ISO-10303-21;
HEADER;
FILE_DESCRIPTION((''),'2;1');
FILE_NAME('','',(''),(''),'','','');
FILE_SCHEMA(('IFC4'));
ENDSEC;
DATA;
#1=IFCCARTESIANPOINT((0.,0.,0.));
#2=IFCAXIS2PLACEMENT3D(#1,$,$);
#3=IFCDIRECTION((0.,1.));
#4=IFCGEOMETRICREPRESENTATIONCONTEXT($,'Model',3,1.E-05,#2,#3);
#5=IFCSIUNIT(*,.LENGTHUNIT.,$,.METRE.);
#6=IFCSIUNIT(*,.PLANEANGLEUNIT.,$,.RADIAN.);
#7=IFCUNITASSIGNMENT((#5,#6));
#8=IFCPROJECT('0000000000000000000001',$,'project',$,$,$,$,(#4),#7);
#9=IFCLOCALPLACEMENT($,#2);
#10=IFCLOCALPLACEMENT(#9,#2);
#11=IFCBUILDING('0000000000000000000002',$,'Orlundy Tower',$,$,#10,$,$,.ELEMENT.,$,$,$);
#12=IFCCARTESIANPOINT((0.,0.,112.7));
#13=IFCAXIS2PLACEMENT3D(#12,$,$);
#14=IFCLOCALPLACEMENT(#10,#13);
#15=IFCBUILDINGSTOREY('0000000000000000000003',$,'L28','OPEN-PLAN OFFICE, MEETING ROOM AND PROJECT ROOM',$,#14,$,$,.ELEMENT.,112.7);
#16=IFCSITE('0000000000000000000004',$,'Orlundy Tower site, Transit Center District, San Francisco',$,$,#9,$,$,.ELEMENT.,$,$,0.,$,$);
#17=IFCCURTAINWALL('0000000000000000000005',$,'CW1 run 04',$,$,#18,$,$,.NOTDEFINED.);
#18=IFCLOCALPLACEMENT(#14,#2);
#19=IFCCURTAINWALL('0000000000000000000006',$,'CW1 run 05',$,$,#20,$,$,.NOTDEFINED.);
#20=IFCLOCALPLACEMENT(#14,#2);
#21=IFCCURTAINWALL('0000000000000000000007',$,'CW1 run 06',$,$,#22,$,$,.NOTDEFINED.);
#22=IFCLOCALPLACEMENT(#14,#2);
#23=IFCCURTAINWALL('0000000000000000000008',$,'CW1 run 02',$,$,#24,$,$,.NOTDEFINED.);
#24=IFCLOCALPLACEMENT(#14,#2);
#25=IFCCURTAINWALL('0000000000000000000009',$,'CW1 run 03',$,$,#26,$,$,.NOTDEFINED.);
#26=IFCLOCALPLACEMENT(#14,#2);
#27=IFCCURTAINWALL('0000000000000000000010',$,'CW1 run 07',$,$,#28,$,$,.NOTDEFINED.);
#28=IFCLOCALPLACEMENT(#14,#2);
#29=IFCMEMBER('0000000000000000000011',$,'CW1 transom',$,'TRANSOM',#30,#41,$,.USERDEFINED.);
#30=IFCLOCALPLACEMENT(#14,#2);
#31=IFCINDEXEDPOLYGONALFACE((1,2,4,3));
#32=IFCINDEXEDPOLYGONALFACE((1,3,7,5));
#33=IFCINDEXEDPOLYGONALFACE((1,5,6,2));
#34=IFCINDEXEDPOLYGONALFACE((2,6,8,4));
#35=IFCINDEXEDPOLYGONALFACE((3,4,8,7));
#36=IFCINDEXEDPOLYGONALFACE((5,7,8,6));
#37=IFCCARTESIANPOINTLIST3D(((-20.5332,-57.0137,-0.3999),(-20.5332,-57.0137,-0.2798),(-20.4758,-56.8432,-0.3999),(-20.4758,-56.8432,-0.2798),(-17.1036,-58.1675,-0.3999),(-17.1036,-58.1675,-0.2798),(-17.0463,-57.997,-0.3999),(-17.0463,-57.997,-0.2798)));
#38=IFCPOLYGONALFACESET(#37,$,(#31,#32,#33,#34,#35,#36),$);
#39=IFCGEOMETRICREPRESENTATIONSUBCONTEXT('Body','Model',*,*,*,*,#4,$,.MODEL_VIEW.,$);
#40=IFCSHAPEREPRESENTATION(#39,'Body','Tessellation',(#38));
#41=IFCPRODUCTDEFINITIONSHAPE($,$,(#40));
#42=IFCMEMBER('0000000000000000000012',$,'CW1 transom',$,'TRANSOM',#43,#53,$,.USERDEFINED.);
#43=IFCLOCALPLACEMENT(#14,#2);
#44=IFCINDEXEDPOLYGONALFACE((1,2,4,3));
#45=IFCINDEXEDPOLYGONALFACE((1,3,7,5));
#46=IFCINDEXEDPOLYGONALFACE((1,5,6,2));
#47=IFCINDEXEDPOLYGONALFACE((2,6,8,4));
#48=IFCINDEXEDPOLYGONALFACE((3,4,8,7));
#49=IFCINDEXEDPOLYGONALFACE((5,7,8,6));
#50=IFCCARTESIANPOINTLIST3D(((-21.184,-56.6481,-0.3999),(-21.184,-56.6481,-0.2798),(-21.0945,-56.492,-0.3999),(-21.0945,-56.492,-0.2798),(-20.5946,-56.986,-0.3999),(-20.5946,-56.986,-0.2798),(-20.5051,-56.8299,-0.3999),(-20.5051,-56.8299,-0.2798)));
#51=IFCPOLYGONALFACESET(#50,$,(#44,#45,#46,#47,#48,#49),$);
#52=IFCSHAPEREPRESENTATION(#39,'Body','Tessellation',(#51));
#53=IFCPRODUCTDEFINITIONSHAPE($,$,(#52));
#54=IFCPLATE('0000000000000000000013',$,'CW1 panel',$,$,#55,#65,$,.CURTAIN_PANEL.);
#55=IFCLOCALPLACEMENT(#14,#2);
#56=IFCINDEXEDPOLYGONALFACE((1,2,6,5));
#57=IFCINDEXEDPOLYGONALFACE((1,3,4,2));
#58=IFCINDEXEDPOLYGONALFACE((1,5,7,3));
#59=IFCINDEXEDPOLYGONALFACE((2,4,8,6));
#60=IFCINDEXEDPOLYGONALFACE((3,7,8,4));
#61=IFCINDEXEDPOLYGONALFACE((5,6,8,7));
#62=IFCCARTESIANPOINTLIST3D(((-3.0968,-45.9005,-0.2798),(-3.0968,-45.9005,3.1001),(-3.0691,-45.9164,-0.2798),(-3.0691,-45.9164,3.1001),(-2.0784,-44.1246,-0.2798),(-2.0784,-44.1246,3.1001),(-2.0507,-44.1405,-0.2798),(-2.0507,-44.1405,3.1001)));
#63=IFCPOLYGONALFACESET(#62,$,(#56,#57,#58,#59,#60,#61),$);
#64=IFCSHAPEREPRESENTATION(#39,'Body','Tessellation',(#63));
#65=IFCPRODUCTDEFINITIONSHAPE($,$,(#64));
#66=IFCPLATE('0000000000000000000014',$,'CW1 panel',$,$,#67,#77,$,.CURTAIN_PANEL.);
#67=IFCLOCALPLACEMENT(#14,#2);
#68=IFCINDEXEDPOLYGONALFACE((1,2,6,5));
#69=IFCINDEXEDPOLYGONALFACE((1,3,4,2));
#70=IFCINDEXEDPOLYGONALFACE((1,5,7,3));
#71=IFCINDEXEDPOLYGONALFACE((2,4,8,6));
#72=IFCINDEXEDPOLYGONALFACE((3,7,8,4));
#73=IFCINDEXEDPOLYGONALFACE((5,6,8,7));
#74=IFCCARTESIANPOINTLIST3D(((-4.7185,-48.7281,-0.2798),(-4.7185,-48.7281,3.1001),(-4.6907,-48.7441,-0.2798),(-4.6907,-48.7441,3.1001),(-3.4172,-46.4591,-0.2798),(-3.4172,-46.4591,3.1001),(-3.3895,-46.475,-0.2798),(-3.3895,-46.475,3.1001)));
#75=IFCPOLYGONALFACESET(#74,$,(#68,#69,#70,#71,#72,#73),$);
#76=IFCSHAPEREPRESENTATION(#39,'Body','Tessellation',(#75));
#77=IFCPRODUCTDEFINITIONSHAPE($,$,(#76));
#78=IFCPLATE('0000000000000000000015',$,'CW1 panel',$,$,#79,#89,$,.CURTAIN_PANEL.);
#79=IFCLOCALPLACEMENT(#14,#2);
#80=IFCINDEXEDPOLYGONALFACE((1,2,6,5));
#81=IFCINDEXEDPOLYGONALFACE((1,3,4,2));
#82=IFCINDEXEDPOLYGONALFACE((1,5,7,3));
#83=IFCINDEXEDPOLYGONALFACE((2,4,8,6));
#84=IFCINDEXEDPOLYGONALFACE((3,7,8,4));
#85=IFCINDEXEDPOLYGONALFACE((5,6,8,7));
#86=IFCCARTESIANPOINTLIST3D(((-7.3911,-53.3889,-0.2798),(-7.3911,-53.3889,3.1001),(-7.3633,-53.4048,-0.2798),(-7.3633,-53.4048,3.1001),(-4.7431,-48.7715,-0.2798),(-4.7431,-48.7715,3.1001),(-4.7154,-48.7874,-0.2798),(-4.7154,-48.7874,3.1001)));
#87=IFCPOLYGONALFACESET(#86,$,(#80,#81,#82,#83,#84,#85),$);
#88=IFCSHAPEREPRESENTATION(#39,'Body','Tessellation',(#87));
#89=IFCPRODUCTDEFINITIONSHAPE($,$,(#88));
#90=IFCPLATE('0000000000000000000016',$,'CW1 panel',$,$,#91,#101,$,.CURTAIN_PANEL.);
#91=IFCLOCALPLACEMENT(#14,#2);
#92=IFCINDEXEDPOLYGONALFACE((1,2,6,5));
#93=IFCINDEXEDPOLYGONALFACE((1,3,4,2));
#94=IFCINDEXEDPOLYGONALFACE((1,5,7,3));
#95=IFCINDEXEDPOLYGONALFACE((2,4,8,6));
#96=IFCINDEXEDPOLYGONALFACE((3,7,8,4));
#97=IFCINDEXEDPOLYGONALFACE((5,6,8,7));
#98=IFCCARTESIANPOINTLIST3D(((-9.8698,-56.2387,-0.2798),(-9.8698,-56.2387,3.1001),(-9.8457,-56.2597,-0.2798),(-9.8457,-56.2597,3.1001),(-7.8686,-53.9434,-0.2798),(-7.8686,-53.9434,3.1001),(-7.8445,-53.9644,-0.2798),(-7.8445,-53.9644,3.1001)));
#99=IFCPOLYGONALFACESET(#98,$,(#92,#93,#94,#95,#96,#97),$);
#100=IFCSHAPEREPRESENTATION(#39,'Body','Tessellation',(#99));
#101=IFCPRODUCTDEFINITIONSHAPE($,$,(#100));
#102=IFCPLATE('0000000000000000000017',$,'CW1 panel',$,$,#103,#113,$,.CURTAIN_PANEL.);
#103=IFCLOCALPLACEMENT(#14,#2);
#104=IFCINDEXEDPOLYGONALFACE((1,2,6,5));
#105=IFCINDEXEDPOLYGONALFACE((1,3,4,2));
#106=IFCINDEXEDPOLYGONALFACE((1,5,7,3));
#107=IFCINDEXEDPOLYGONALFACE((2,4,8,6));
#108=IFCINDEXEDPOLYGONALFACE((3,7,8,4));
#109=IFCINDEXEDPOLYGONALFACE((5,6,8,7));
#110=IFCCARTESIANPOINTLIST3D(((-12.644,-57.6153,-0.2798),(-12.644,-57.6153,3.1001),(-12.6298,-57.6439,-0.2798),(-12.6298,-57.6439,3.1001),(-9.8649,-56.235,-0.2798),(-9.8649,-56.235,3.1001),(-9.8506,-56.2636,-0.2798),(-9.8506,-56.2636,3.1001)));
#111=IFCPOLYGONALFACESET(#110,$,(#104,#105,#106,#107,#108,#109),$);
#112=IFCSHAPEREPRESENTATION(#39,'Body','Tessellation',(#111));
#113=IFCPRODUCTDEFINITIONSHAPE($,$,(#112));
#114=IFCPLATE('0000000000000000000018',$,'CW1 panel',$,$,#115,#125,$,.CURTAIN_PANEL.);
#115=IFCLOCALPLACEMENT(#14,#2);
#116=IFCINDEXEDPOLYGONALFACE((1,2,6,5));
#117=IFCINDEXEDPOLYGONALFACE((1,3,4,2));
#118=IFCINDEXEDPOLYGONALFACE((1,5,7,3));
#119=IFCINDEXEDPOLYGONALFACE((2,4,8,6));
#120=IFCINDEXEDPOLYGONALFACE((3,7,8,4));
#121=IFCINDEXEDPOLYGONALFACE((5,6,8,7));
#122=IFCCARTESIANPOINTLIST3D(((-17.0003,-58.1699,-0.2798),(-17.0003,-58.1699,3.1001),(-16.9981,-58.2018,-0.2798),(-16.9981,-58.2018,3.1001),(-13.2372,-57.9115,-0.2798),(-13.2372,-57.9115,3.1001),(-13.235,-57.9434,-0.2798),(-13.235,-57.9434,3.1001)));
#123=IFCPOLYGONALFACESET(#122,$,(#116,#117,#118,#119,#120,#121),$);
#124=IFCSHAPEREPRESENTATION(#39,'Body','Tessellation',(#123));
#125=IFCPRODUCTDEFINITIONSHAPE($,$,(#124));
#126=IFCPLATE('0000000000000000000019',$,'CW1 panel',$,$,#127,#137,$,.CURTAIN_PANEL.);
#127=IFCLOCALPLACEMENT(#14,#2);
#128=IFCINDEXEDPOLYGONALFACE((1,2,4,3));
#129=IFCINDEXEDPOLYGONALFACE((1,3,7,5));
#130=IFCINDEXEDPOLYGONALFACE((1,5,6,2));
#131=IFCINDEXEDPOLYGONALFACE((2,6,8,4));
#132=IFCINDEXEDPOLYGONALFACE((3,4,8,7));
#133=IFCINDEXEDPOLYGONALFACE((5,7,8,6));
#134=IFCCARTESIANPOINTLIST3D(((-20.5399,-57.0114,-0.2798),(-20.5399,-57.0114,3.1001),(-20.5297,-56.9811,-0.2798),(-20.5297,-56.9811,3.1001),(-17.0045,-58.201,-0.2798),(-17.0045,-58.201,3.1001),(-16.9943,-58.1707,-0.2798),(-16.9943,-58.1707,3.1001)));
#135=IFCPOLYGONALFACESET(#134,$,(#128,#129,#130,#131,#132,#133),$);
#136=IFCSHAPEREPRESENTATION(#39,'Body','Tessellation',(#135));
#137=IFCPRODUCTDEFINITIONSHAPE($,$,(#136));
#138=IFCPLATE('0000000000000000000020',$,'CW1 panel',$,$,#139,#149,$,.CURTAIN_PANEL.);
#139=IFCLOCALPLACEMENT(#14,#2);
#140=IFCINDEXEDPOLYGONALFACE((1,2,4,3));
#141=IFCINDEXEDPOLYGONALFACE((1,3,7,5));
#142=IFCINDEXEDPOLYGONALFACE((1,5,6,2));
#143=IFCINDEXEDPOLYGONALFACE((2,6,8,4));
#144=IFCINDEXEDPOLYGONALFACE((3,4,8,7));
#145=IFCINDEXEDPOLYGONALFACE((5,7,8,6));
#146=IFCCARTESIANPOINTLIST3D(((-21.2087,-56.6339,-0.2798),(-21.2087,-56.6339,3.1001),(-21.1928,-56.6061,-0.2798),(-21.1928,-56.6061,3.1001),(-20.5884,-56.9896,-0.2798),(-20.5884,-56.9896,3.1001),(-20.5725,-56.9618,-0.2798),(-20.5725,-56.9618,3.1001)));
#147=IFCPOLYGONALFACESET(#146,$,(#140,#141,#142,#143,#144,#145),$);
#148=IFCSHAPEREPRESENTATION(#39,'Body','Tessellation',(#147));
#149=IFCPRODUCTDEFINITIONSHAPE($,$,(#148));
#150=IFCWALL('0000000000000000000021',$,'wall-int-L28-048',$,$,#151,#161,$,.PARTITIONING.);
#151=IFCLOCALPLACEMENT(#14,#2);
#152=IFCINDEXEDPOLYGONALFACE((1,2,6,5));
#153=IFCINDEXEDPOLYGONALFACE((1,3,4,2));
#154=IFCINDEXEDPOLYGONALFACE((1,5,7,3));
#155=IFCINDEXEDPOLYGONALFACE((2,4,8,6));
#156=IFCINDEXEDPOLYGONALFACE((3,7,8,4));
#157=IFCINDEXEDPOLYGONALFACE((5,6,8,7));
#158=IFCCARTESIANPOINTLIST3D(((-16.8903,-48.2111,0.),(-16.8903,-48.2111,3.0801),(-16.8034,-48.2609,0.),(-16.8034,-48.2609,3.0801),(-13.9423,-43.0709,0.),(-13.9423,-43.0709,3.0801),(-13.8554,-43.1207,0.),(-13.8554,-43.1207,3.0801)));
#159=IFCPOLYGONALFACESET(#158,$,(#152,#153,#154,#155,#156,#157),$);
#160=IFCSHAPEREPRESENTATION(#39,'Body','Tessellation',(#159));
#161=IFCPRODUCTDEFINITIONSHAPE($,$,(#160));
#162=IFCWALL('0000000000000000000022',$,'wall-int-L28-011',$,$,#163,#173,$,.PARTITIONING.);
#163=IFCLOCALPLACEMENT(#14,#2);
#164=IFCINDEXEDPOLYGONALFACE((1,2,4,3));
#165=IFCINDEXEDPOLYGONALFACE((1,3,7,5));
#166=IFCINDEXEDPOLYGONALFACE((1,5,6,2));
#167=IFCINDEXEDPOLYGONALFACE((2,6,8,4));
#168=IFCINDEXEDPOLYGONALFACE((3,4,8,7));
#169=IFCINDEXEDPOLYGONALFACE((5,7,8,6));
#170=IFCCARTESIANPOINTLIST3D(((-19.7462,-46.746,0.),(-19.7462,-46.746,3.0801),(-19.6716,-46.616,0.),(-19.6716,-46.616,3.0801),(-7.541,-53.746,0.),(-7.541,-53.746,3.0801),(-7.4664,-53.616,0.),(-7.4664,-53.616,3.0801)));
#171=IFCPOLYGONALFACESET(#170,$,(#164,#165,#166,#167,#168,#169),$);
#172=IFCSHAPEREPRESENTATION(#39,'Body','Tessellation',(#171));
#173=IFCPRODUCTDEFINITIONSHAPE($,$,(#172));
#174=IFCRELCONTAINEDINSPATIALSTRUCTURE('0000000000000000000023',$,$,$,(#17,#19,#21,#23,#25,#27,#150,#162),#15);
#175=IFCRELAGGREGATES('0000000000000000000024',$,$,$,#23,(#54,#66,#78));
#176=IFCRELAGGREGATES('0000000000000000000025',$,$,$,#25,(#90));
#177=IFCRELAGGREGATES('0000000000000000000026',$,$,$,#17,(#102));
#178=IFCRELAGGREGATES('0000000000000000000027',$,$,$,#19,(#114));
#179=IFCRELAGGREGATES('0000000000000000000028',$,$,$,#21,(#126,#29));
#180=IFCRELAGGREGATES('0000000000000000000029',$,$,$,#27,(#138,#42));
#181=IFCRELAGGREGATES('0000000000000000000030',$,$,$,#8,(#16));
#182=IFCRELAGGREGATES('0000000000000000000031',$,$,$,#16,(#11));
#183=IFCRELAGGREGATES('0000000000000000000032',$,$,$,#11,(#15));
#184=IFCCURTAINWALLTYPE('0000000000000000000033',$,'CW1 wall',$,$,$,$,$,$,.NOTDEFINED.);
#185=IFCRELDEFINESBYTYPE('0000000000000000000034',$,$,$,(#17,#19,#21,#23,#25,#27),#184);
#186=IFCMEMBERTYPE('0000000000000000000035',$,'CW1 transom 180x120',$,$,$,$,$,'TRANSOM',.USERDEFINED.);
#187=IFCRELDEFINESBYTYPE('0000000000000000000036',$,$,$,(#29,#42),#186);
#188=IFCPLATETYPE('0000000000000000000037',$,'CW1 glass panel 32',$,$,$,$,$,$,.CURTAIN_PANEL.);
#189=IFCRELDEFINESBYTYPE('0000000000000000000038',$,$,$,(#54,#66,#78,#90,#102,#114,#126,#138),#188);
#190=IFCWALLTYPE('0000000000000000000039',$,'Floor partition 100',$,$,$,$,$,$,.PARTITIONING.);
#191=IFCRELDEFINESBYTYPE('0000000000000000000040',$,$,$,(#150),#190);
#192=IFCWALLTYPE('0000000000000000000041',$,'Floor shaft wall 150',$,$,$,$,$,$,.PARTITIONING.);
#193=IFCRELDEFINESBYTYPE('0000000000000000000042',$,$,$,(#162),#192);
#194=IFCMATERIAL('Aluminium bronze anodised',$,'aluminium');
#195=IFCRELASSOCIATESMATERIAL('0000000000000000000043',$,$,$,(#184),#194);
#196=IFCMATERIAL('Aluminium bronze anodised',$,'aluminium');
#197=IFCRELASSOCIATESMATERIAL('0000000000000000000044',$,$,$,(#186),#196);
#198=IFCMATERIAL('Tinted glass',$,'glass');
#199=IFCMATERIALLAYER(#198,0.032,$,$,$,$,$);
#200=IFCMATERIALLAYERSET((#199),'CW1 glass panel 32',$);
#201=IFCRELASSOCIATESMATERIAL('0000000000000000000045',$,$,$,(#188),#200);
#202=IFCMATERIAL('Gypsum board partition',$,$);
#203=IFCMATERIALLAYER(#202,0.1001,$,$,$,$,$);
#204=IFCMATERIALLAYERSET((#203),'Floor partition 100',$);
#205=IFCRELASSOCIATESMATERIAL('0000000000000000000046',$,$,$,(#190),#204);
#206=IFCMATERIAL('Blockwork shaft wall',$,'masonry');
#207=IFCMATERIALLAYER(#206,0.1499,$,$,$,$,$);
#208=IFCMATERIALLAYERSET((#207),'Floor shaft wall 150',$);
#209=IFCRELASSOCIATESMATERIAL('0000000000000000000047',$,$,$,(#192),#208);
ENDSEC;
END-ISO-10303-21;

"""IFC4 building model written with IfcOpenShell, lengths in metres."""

from ifc_helpers import new_model, si_unit, direction, frame, frame_2d, origin, origin_2d, place, context, subcontext, project, spatial, rectangle, extrude, material, layer, layer_set, material_profile, profile_set, type_object, element, aggregate, save


model = new_model("IFC4")

# Units and contexts
model_context = context("Model", 3, precision=1e-05, world=origin(), true_north=direction((0.0, 1.0)))
body_context = subcontext(model_context, "Body", "Model", "MODEL_VIEW")
ifc_project = project(units=[si_unit("LENGTHUNIT", "METRE"), si_unit("PLANEANGLEUNIT", "RADIAN")], contexts=[model_context])

# Site, building, storey
site_placement = place(None, origin())
site = spatial("IfcSite", under=ifc_project, at=site_placement, Name="Orlundy Tower site, Transit Center District, San Francisco", CompositionType="ELEMENT", RefElevation=0.0)
building_placement = place(site_placement, origin())
building = spatial("IfcBuilding", under=site, at=building_placement, Name="Orlundy Tower", CompositionType="ELEMENT")
storey_placement = place(building_placement, frame((0.0, 0.0, 112.7)))
storey = spatial("IfcBuildingStorey", under=building, at=storey_placement, Name="L28", Description="OPEN-PLAN OFFICE, MEETING ROOM AND PROJECT ROOM", CompositionType="ELEMENT", Elevation=112.7)

# Curtain walls
ifc_material_1 = material(Name="Aluminium bronze anodised", Category="aluminium")
curtain_wall_type = type_object("IfcCurtainWallType", Name="CW1 wall", PredefinedType="NOTDEFINED", material=ifc_material_1)
curtain_wall_1_placement = place(storey_placement, origin())
curtain_wall_1 = element("IfcCurtainWall", 1, at=curtain_wall_1_placement, inside=storey, type_object=curtain_wall_type, Name="CW1 run 04", PredefinedType="NOTDEFINED")
curtain_wall_2_placement = place(storey_placement, origin())
curtain_wall_2 = element("IfcCurtainWall", 2, at=curtain_wall_2_placement, inside=storey, type_object=curtain_wall_type, Name="CW1 run 05", PredefinedType="NOTDEFINED")
curtain_wall_3_placement = place(storey_placement, origin())
curtain_wall_3 = element("IfcCurtainWall", 3, at=curtain_wall_3_placement, inside=storey, type_object=curtain_wall_type, Name="CW1 run 06", PredefinedType="NOTDEFINED")
curtain_wall_4_placement = place(storey_placement, origin())
curtain_wall_4 = element("IfcCurtainWall", 4, at=curtain_wall_4_placement, inside=storey, type_object=curtain_wall_type, Name="CW1 run 02", PredefinedType="NOTDEFINED")
curtain_wall_5_placement = place(storey_placement, origin())
curtain_wall_5 = element("IfcCurtainWall", 5, at=curtain_wall_5_placement, inside=storey, type_object=curtain_wall_type, Name="CW1 run 03", PredefinedType="NOTDEFINED")
curtain_wall_6_placement = place(storey_placement, origin())
curtain_wall_6 = element("IfcCurtainWall", 6, at=curtain_wall_6_placement, inside=storey, type_object=curtain_wall_type, Name="CW1 run 07", PredefinedType="NOTDEFINED")

# Members
ifc_material_2 = material(Name="Aluminium bronze anodised", Category="aluminium")
ifc_material_profile_1 = material_profile(ifc_material_2, rectangle(XDim=0.1799, YDim=0.1201, at=origin_2d()), Name="CW1 transom 180x120")
ifc_profile_set_1 = profile_set([ifc_material_profile_1], Name="Aluminium bronze anodised")
member_type_1 = type_object("IfcMemberType", Name="CW1 transom 180x120", ElementType="TRANSOM", PredefinedType="USERDEFINED", material=ifc_profile_set_1)
member_1_placement = place(storey_placement, frame((-17.075, -58.0823, -0.3398), z_axis=(-0.947796, 0.318878, 0.0), x_axis=(-0.318878, -0.947796, 0.0)))
member_1 = element("IfcMember", 7, at=member_1_placement, type_object=member_type_1, Name="CW1 transom", ObjectType="TRANSOM", PredefinedType="USERDEFINED", context=body_context, shape_type="SweptSolid", body=[
    extrude(rectangle(XDim=0.1799, YDim=0.1201, at=origin_2d()), origin(), (0.0, 0.0, 1.0), 3.6184),
])
member_2_placement = place(storey_placement, frame((-20.5498, -56.908, -0.3398), z_axis=(-0.867535, 0.497377, 0.0), x_axis=(-0.497377, -0.867535, 0.0)))
member_2 = element("IfcMember", 8, at=member_2_placement, type_object=member_type_1, Name="CW1 transom", ObjectType="TRANSOM", PredefinedType="USERDEFINED", context=body_context, shape_type="SweptSolid", body=[
    extrude(rectangle(XDim=0.1799, YDim=0.1201, at=origin_2d()), origin(), (0.0, 0.0, 1.0), 0.6794),
])

# Plates
ifc_material_3 = material(Name="Tinted glass", Category="glass")
ifc_layer_1 = layer(ifc_material_3, 0.032)
ifc_layer_set_1 = layer_set([ifc_layer_1], Name="CW1 glass panel 32")
plate_type = type_object("IfcPlateType", Name="CW1 glass panel 32", PredefinedType="CURTAIN_PANEL", material=ifc_layer_set_1)
plate_1_placement = place(storey_placement, frame((-2.5737, -45.0205, -0.2798), z_axis=(0.0, 0.0, 1.0), x_axis=(-0.497473, -0.867479, 0.0)))
plate_1 = element("IfcPlate", 9, at=plate_1_placement, type_object=plate_type, Name="CW1 panel", PredefinedType="CURTAIN_PANEL", context=body_context, shape_type="SweptSolid", body=[
    extrude(rectangle(XDim=2.0471, YDim=0.032, at=origin_2d()), origin(), (0.0, 0.0, 1.0), 3.3799),
])
plate_2_placement = place(storey_placement, frame((-4.054, -47.6016, -0.2798), z_axis=(0.0, 0.0, 1.0), x_axis=(-0.497473, -0.867479, 0.0)))
plate_2 = element("IfcPlate", 10, at=plate_2_placement, type_object=plate_type, Name="CW1 panel", PredefinedType="CURTAIN_PANEL", context=body_context, shape_type="SweptSolid", body=[
    extrude(rectangle(XDim=2.6157, YDim=0.032, at=origin_2d()), origin(), (0.0, 0.0, 1.0), 3.3799),
])
plate_3_placement = place(storey_placement, frame((-6.0532, -51.0881, -0.2798), z_axis=(0.0, 0.0, 1.0), x_axis=(-0.497473, -0.867479, 0.0)))
plate_3 = element("IfcPlate", 11, at=plate_3_placement, type_object=plate_type, Name="CW1 panel", PredefinedType="CURTAIN_PANEL", context=body_context, shape_type="SweptSolid", body=[
    extrude(rectangle(XDim=5.3228, YDim=0.032, at=origin_2d()), origin(), (0.0, 0.0, 1.0), 3.3799),
])
aggregate(curtain_wall_4, [plate_1, plate_2, plate_3])
plate_4_placement = place(storey_placement, frame((-8.8572, -55.1016, -0.2798), z_axis=(0.0, 0.0, 1.0), x_axis=(-0.657167, -0.753745, 0.0)))
plate_4 = element("IfcPlate", 12, at=plate_4_placement, type_object=plate_type, Name="CW1 panel", PredefinedType="CURTAIN_PANEL", context=body_context, shape_type="SweptSolid", body=[
    extrude(rectangle(XDim=3.0452, YDim=0.032, at=origin_2d()), origin(), (0.0, 0.0, 1.0), 3.3799),
])
aggregate(curtain_wall_5, [plate_4])
plate_5_placement = place(storey_placement, frame((-11.2473, -56.9395, -0.2798), z_axis=(0.0, 0.0, 1.0), x_axis=(-0.895611, -0.444838, 0.0)))
plate_5 = element("IfcPlate", 13, at=plate_5_placement, type_object=plate_type, Name="CW1 panel", PredefinedType="CURTAIN_PANEL", context=body_context, shape_type="SweptSolid", body=[
    extrude(rectangle(XDim=3.103, YDim=0.032, at=origin_2d()), origin(), (0.0, 0.0, 1.0), 3.3799),
])
aggregate(curtain_wall_1, [plate_5])
plate_6_placement = place(storey_placement, frame((-15.1177, -58.0566, -0.2798), z_axis=(0.0, 0.0, 1.0), x_axis=(-0.997649, -0.068524, 0.0)))
plate_6 = element("IfcPlate", 14, at=plate_6_placement, type_object=plate_type, Name="CW1 panel", PredefinedType="CURTAIN_PANEL", context=body_context, shape_type="SweptSolid", body=[
    extrude(rectangle(XDim=3.772, YDim=0.032, at=origin_2d()), origin(), (0.0, 0.0, 1.0), 3.3799),
])
aggregate(curtain_wall_2, [plate_6])
plate_7_placement = place(storey_placement, frame((-18.7671, -57.5911, -0.2798), z_axis=(0.0, 0.0, 1.0), x_axis=(-0.947789, 0.318897, 0.0)))
plate_7 = element("IfcPlate", 15, at=plate_7_placement, type_object=plate_type, Name="CW1 panel", PredefinedType="CURTAIN_PANEL", context=body_context, shape_type="SweptSolid", body=[
    extrude(rectangle(XDim=3.7302, YDim=0.032, at=origin_2d()), origin(), (0.0, 0.0, 1.0), 3.3799),
])
aggregate(curtain_wall_3, [plate_7, member_1])
plate_8_placement = place(storey_placement, frame((-20.8906, -56.7979, -0.2798), z_axis=(0.0, 0.0, 1.0), x_axis=(-0.867477, 0.497477, 0.0)))
plate_8 = element("IfcPlate", 16, at=plate_8_placement, type_object=plate_type, Name="CW1 panel", PredefinedType="CURTAIN_PANEL", context=body_context, shape_type="SweptSolid", body=[
    extrude(rectangle(XDim=0.7151, YDim=0.032, at=origin_2d()), origin(), (0.0, 0.0, 1.0), 3.3799),
])
aggregate(curtain_wall_6, [plate_8, member_2])

# Walls
ifc_material_4 = material(Name="Gypsum board partition")
ifc_layer_2 = layer(ifc_material_4, 0.1001)
ifc_layer_set_2 = layer_set([ifc_layer_2], Name="Floor partition 100")
wall_type_1 = type_object("IfcWallType", Name="Floor partition 100", PredefinedType="PARTITIONING", material=ifc_layer_set_2)
wall_1_placement = place(storey_placement, frame((-16.8469, -48.2361, 0.0), z_axis=(0.0, 0.0, 1.0), x_axis=(0.497509, 0.867459, 0.0)))
element("IfcWall", 17, at=wall_1_placement, inside=storey, type_object=wall_type_1, Name="wall-int-L28-048", PredefinedType="PARTITIONING", context=body_context, shape_type="SweptSolid", body=[
    extrude(rectangle(XDim=5.9255, YDim=0.1001, at=frame_2d((2.9629, 0.0))), origin(), (0.0, 0.0, 1.0), 3.0801),
])
ifc_material_5 = material(Name="Blockwork shaft wall", Category="masonry")
ifc_layer_3 = layer(ifc_material_5, 0.1499)
ifc_layer_set_3 = layer_set([ifc_layer_3], Name="Floor shaft wall 150")
wall_type_2 = type_object("IfcWallType", Name="Floor shaft wall 150", PredefinedType="PARTITIONING", material=ifc_layer_set_3)
wall_2_placement = place(storey_placement, frame((-19.709, -46.6809, 0.0), z_axis=(0.0, 0.0, 1.0), x_axis=(0.867456, -0.497514, 0.0)))
element("IfcWall", 18, at=wall_2_placement, inside=storey, type_object=wall_type_2, Name="wall-int-L28-011", PredefinedType="PARTITIONING", context=body_context, shape_type="SweptSolid", body=[
    extrude(rectangle(XDim=14.0701, YDim=0.1499, at=frame_2d((7.0352, 0.0))), origin(), (0.0, 0.0, 1.0), 3.0801),
])

save(model, "model.ifc")
